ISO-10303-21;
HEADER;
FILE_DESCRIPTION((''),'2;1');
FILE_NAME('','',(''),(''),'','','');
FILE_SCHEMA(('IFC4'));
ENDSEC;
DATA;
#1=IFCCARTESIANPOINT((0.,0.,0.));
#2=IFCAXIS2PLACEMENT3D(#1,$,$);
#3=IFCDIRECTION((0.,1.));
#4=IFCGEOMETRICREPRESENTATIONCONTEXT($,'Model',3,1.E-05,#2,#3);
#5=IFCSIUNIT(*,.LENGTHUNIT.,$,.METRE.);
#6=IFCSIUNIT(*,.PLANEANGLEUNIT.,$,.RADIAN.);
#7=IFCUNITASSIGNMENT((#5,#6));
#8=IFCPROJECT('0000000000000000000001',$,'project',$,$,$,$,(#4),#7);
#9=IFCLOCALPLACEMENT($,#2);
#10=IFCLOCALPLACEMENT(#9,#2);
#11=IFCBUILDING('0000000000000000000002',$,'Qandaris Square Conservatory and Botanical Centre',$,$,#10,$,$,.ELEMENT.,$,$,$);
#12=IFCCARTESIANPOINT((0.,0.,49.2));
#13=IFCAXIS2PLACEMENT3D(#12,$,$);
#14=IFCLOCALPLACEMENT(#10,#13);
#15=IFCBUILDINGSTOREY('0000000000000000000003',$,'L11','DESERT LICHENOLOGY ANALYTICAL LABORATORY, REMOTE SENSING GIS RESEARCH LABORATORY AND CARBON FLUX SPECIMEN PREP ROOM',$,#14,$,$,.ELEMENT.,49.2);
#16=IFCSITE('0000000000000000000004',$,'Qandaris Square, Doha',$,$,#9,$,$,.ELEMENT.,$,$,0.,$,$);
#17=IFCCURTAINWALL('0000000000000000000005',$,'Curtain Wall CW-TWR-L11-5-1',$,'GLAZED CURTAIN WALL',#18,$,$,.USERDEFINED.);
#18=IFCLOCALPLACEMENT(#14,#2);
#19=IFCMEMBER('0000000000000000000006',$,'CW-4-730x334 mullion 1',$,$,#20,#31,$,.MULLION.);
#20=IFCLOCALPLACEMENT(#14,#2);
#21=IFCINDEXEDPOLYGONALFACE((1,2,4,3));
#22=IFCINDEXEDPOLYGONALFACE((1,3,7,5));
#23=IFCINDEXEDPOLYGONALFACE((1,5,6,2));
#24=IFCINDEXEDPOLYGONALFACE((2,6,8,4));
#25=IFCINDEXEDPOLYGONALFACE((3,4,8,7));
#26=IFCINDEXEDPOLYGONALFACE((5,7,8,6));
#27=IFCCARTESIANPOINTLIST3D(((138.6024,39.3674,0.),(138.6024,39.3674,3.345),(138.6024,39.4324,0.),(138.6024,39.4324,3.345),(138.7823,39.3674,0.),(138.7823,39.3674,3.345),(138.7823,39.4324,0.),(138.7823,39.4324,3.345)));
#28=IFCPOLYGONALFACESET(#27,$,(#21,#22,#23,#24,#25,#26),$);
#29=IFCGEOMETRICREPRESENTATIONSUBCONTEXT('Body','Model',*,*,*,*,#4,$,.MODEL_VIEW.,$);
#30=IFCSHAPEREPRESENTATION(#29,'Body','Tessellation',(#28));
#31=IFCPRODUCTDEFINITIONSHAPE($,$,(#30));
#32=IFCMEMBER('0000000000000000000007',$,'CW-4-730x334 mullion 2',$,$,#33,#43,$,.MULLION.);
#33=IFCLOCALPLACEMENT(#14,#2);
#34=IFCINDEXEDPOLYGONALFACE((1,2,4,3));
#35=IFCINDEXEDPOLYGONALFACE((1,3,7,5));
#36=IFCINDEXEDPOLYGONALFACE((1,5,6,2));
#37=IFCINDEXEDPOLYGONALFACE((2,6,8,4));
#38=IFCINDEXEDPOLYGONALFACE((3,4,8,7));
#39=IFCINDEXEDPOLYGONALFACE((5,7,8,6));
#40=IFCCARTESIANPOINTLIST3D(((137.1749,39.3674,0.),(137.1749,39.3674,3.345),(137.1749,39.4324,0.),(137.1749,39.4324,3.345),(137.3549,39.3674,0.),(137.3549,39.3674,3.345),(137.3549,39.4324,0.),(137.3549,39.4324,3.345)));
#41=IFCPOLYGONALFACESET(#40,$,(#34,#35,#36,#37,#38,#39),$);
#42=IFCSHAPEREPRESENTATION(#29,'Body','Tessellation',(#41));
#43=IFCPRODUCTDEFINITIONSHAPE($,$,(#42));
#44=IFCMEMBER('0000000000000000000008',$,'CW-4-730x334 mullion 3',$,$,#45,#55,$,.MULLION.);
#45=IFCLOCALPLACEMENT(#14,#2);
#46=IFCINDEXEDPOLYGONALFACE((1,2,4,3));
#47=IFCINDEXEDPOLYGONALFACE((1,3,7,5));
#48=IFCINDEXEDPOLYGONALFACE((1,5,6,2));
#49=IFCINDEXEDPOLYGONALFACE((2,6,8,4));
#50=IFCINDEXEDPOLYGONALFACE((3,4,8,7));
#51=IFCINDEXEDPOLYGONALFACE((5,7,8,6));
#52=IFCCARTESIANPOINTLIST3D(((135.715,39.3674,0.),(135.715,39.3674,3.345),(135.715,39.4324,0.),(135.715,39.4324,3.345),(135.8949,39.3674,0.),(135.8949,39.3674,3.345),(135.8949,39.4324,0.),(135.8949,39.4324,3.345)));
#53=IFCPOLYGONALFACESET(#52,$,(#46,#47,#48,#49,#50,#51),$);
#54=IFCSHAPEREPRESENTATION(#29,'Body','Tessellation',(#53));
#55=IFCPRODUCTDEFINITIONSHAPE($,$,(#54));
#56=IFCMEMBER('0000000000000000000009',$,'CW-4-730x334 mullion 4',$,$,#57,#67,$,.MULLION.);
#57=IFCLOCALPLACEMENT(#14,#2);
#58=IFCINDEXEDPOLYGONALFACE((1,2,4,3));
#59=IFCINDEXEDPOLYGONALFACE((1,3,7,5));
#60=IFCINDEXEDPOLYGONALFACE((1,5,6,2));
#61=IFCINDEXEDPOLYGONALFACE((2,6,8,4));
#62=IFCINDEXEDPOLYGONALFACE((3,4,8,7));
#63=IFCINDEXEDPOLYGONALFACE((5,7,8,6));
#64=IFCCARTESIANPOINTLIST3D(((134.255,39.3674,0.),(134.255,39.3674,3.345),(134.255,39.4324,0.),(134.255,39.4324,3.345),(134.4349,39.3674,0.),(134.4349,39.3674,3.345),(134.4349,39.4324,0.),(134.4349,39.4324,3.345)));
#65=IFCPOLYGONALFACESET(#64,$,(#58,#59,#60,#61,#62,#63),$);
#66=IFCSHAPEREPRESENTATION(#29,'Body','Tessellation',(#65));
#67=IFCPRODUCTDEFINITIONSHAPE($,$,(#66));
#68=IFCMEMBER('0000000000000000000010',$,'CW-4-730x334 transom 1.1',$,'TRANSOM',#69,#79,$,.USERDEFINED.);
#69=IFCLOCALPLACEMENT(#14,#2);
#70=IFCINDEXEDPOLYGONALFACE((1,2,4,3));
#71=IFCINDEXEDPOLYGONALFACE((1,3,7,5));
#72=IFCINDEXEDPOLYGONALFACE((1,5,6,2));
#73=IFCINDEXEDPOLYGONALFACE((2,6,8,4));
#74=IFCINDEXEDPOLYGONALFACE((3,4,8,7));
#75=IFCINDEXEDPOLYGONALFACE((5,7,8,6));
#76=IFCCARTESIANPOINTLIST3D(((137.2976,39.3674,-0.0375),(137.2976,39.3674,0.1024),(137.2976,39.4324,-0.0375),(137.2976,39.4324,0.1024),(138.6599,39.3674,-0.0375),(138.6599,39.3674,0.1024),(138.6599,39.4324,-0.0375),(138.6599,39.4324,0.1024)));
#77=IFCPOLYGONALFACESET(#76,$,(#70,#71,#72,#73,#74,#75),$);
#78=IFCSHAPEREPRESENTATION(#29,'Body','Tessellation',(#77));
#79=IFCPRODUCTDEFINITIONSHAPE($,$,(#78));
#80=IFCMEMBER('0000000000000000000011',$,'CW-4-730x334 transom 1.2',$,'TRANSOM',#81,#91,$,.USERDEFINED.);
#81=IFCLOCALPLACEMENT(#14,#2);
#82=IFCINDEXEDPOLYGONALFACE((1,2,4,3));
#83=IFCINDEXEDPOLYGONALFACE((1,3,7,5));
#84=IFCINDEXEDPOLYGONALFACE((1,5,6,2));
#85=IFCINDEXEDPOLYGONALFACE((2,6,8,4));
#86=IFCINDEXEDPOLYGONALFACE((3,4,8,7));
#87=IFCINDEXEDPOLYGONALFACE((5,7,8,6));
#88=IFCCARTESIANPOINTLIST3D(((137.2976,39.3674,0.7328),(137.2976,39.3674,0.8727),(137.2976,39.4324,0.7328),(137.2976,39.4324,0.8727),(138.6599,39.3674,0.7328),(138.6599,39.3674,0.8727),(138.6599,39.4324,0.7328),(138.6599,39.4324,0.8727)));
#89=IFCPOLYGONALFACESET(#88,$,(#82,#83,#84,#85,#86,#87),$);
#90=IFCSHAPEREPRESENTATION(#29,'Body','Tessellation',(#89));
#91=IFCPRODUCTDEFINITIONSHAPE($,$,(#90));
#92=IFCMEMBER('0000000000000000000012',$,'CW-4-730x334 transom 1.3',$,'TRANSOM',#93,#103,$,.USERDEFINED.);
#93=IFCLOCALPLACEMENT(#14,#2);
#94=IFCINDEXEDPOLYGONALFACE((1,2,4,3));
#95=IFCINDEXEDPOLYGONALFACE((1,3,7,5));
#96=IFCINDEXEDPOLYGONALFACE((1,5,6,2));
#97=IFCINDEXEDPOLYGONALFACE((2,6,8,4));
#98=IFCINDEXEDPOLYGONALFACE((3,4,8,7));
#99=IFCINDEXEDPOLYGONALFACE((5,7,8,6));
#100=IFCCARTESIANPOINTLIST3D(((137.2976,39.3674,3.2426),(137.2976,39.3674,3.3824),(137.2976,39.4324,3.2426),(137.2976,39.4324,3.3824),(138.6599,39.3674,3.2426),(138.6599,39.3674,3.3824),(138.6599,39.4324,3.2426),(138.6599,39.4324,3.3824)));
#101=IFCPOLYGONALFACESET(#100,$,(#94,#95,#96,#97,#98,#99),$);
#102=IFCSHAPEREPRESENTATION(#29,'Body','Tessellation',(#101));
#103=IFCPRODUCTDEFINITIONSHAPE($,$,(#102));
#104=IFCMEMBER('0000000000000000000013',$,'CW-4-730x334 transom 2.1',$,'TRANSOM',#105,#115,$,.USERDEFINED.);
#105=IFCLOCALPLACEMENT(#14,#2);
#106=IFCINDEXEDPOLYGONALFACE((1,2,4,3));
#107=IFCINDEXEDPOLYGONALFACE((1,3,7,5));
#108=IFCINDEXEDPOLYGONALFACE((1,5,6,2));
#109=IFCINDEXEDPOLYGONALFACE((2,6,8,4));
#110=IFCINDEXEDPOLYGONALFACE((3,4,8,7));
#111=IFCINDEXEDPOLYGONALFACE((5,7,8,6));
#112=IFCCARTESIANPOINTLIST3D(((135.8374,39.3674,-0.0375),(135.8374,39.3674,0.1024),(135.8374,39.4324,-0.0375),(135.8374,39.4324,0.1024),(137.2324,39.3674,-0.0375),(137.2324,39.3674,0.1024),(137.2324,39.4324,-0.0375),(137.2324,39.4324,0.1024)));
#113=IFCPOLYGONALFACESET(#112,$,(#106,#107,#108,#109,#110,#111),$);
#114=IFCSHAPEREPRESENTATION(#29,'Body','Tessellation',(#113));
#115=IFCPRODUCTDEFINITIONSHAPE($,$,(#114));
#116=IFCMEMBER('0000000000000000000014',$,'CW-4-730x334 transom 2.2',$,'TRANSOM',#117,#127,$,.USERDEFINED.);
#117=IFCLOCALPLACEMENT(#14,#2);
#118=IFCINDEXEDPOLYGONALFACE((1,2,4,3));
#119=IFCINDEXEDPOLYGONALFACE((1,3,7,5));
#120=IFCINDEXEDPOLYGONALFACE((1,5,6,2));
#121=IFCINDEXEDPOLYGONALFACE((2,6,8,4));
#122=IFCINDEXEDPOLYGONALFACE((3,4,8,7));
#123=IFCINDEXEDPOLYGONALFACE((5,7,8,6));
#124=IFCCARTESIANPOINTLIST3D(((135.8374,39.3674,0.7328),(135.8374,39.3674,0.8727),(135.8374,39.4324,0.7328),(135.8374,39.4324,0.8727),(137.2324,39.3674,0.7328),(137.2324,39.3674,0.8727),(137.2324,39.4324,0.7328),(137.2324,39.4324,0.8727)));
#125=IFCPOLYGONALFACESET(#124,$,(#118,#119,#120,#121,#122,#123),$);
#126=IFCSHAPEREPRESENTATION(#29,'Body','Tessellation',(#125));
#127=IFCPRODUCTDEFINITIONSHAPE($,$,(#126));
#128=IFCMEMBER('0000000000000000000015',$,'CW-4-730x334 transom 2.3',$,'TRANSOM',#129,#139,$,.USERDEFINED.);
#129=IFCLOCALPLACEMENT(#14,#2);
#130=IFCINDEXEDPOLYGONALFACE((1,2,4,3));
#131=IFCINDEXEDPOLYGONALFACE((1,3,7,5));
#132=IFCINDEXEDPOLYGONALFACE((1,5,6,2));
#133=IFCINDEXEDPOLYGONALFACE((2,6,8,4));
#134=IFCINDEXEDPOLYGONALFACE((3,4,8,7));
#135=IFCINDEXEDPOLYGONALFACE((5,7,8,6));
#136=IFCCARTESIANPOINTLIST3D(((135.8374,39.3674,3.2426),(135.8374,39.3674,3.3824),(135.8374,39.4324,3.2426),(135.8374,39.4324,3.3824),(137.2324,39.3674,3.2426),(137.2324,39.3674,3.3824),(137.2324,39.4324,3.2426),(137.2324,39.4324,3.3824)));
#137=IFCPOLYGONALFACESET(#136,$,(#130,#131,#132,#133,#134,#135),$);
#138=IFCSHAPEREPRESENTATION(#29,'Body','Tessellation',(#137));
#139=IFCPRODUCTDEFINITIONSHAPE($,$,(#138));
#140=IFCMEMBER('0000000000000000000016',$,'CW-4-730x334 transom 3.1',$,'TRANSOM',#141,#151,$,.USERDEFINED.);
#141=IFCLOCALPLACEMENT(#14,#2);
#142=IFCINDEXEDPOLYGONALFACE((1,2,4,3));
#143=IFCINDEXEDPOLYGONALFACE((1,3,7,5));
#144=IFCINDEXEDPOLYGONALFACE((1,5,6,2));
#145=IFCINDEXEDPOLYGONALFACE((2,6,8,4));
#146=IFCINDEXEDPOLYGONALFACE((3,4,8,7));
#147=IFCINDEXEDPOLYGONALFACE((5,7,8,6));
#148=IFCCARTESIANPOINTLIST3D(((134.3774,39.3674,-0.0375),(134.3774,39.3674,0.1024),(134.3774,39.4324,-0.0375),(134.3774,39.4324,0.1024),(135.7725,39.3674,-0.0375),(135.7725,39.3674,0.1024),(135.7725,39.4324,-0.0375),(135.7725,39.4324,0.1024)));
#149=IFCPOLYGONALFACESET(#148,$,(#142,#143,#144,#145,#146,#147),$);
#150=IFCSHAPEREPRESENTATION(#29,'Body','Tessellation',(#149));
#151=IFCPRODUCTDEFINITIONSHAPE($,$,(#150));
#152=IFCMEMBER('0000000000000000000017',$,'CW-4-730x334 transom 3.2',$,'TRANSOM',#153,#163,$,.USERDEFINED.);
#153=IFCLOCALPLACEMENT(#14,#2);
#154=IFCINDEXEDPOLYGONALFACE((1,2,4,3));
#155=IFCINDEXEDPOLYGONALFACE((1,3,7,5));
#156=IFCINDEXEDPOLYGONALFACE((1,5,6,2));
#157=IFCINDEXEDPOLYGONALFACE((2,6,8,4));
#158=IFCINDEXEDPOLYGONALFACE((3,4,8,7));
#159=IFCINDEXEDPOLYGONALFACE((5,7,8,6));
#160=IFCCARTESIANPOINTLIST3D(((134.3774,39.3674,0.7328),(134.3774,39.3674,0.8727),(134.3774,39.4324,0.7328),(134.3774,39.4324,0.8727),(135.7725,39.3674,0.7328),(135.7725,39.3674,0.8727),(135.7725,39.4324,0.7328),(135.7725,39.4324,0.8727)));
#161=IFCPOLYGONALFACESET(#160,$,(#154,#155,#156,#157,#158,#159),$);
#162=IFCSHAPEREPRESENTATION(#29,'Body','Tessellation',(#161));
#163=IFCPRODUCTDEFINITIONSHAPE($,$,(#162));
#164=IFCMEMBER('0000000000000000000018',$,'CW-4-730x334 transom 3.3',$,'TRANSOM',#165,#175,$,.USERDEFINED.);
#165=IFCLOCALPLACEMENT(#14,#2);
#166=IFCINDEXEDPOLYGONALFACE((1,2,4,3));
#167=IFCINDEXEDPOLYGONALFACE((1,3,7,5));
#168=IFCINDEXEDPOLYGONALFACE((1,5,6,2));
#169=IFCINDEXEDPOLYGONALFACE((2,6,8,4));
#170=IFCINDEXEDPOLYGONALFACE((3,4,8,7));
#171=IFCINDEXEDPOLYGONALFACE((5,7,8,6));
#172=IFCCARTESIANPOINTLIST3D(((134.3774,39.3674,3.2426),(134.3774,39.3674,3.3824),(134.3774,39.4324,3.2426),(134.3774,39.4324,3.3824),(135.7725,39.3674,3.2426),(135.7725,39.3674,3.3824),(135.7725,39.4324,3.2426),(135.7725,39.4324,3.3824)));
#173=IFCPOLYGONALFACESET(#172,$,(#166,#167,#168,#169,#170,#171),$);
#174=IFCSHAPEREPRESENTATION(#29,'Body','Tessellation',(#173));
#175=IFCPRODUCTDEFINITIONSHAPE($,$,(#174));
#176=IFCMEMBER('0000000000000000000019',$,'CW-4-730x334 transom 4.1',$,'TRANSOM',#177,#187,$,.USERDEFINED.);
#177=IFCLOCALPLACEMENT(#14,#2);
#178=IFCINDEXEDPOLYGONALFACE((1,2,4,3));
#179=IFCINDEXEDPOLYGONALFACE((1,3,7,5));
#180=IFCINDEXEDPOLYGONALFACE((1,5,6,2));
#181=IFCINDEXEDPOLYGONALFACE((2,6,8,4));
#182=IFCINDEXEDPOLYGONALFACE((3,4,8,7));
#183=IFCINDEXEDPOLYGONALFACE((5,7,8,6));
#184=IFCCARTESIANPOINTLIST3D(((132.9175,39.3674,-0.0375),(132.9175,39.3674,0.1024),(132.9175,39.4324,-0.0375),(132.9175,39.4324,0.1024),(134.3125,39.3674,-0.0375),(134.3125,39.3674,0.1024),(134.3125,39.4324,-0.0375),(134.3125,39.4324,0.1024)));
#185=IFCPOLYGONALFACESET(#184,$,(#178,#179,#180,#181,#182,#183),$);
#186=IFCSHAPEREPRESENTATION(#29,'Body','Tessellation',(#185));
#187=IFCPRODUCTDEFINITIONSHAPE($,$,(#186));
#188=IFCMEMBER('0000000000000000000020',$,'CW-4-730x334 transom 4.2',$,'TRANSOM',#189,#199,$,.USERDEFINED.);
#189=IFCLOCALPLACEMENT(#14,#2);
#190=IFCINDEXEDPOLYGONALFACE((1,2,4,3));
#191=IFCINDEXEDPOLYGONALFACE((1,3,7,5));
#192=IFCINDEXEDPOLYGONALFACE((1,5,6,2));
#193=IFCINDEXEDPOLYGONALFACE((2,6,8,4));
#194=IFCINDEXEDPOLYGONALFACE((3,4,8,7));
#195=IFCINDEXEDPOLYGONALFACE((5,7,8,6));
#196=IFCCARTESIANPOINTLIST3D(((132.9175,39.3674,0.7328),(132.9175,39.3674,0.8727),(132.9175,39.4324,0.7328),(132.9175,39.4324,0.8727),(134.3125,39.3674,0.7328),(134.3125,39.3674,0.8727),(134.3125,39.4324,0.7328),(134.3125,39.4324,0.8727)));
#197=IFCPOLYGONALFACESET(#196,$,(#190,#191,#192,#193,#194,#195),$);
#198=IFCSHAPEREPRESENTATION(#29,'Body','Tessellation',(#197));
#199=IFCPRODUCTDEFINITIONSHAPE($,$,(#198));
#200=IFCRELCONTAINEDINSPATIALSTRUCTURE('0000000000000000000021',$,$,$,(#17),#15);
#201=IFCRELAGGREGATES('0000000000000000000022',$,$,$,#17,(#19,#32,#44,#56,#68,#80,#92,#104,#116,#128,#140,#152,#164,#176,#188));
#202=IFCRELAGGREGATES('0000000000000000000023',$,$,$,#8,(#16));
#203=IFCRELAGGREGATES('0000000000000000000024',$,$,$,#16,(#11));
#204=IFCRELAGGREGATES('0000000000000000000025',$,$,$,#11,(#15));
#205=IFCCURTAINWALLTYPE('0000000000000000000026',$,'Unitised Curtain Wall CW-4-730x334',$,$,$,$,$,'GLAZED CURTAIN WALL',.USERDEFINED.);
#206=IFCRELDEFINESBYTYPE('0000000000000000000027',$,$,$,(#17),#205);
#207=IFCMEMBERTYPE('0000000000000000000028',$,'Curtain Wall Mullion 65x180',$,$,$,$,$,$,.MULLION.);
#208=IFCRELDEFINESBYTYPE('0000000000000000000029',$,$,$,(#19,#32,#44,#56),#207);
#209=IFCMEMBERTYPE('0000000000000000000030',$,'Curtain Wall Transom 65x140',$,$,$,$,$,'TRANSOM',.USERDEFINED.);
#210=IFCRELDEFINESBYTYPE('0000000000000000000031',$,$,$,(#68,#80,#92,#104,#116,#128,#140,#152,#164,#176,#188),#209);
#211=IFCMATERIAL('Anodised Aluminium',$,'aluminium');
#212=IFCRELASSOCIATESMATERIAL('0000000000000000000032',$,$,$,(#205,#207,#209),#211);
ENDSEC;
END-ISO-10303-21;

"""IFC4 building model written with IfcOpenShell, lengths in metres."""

from ifc_helpers import new_model, si_unit, direction, frame, origin, origin_2d, place, context, subcontext, project, spatial, rectangle, extrude, material, material_profile, profile_set, type_object, element, aggregate, save


model = new_model("IFC4")

# Units and contexts
model_context = context("Model", 3, precision=1e-05, world=origin(), true_north=direction((0.0, 1.0)))
body_context = subcontext(model_context, "Body", "Model", "MODEL_VIEW")
ifc_project = project(units=[si_unit("LENGTHUNIT", "METRE"), si_unit("PLANEANGLEUNIT", "RADIAN")], contexts=[model_context])

# Site, building, storey
site_placement = place(None, origin())
site = spatial("IfcSite", under=ifc_project, at=site_placement, Name="Qandaris Square, Doha", CompositionType="ELEMENT", RefElevation=0.0)
building_placement = place(site_placement, origin())
building = spatial("IfcBuilding", under=site, at=building_placement, Name="Qandaris Square Conservatory and Botanical Centre", CompositionType="ELEMENT")
storey_placement = place(building_placement, frame((0.0, 0.0, 49.2)))
storey = spatial("IfcBuildingStorey", under=building, at=storey_placement, Name="L11", Description="DESERT LICHENOLOGY ANALYTICAL LABORATORY, REMOTE SENSING GIS RESEARCH LABORATORY AND CARBON FLUX SPECIMEN PREP ROOM", CompositionType="ELEMENT", Elevation=49.2)

# Curtain wall, members
ifc_material_1 = material(Name="Anodised Aluminium", Category="aluminium")
curtain_wall_type = type_object("IfcCurtainWallType", Name="Unitised Curtain Wall CW-4-730x334", ElementType="GLAZED CURTAIN WALL", PredefinedType="USERDEFINED", material=ifc_material_1)
curtain_wall_placement = place(storey_placement, origin())
curtain_wall = element("IfcCurtainWall", 1, at=curtain_wall_placement, inside=storey, type_object=curtain_wall_type, Name="Curtain Wall CW-TWR-L11-5-1", ObjectType="GLAZED CURTAIN WALL", PredefinedType="USERDEFINED")
ifc_material_profile_1 = material_profile(ifc_material_1, rectangle(XDim=0.0649, YDim=0.1799, at=origin_2d()), Name="ALU-MUL 65x180")
ifc_profile_set_1 = profile_set([ifc_material_profile_1], Name="Anodised Aluminium")
member_type_1 = type_object("IfcMemberType", Name="Curtain Wall Mullion 65x180", PredefinedType="MULLION", material=ifc_profile_set_1)
member_1_placement = place(storey_placement, frame((138.6924, 39.3999, 0.0), z_axis=(0.0, 0.0, 1.0), x_axis=(0.0, -1.0, 0.0)))
member_1 = element("IfcMember", 2, at=member_1_placement, type_object=member_type_1, Name="CW-4-730x334 mullion 1", PredefinedType="MULLION", context=body_context, shape_type="SweptSolid", body=[
    extrude(rectangle(XDim=0.0649, YDim=0.1799, at=origin_2d()), origin(), (0.0, 0.0, 1.0), 3.345),
])
member_2_placement = place(storey_placement, frame((137.2649, 39.3999, 0.0), z_axis=(0.0, 0.0, 1.0), x_axis=(0.0, -1.0, 0.0)))
member_2 = element("IfcMember", 3, at=member_2_placement, type_object=member_type_1, Name="CW-4-730x334 mullion 2", PredefinedType="MULLION", context=body_context, shape_type="SweptSolid", body=[
    extrude(rectangle(XDim=0.0649, YDim=0.1799, at=origin_2d()), origin(), (0.0, 0.0, 1.0), 3.345),
])
member_3_placement = place(storey_placement, frame((135.8049, 39.3999, 0.0), z_axis=(0.0, 0.0, 1.0), x_axis=(0.0, -1.0, 0.0)))
member_3 = element("IfcMember", 4, at=member_3_placement, type_object=member_type_1, Name="CW-4-730x334 mullion 3", PredefinedType="MULLION", context=body_context, shape_type="SweptSolid", body=[
    extrude(rectangle(XDim=0.0649, YDim=0.1799, at=origin_2d()), origin(), (0.0, 0.0, 1.0), 3.345),
])
member_4_placement = place(storey_placement, frame((134.345, 39.3999, 0.0), z_axis=(0.0, 0.0, 1.0), x_axis=(0.0, -1.0, 0.0)))
member_4 = element("IfcMember", 5, at=member_4_placement, type_object=member_type_1, Name="CW-4-730x334 mullion 4", PredefinedType="MULLION", context=body_context, shape_type="SweptSolid", body=[
    extrude(rectangle(XDim=0.0649, YDim=0.1799, at=origin_2d()), origin(), (0.0, 0.0, 1.0), 3.345),
])
ifc_material_profile_2 = material_profile(ifc_material_1, rectangle(XDim=0.0649, YDim=0.1399, at=origin_2d()), Name="ALU-TRN 65x140")
ifc_profile_set_2 = profile_set([ifc_material_profile_2], Name="Anodised Aluminium")
member_type_2 = type_object("IfcMemberType", Name="Curtain Wall Transom 65x140", ElementType="TRANSOM", PredefinedType="USERDEFINED", material=ifc_profile_set_2)
member_5_placement = place(storey_placement, frame((138.6599, 39.3999, 0.0325), z_axis=(-1.0, 0.0, 0.0), x_axis=(0.0, -1.0, 0.0)))
member_5 = element("IfcMember", 6, at=member_5_placement, type_object=member_type_2, Name="CW-4-730x334 transom 1.1", ObjectType="TRANSOM", PredefinedType="USERDEFINED", context=body_context, shape_type="SweptSolid", body=[
    extrude(rectangle(XDim=0.0649, YDim=0.1399, at=origin_2d()), origin(), (0.0, 0.0, 1.0), 1.3623),
])
member_6_placement = place(storey_placement, frame((138.6599, 39.3999, 0.8027), z_axis=(-1.0, 0.0, 0.0), x_axis=(0.0, -1.0, 0.0)))
member_6 = element("IfcMember", 7, at=member_6_placement, type_object=member_type_2, Name="CW-4-730x334 transom 1.2", ObjectType="TRANSOM", PredefinedType="USERDEFINED", context=body_context, shape_type="SweptSolid", body=[
    extrude(rectangle(XDim=0.0649, YDim=0.1399, at=origin_2d()), origin(), (0.0, 0.0, 1.0), 1.3623),
])
member_7_placement = place(storey_placement, frame((138.6599, 39.3999, 3.3125), z_axis=(-1.0, 0.0, 0.0), x_axis=(0.0, -1.0, 0.0)))
member_7 = element("IfcMember", 8, at=member_7_placement, type_object=member_type_2, Name="CW-4-730x334 transom 1.3", ObjectType="TRANSOM", PredefinedType="USERDEFINED", context=body_context, shape_type="SweptSolid", body=[
    extrude(rectangle(XDim=0.0649, YDim=0.1399, at=origin_2d()), origin(), (0.0, 0.0, 1.0), 1.3623),
])
member_8_placement = place(storey_placement, frame((137.2324, 39.3999, 0.0325), z_axis=(-1.0, 0.0, 0.0), x_axis=(0.0, -1.0, 0.0)))
member_8 = element("IfcMember", 9, at=member_8_placement, type_object=member_type_2, Name="CW-4-730x334 transom 2.1", ObjectType="TRANSOM", PredefinedType="USERDEFINED", context=body_context, shape_type="SweptSolid", body=[
    extrude(rectangle(XDim=0.0649, YDim=0.1399, at=origin_2d()), origin(), (0.0, 0.0, 1.0), 1.395),
])
member_9_placement = place(storey_placement, frame((137.2324, 39.3999, 0.8027), z_axis=(-1.0, 0.0, 0.0), x_axis=(0.0, -1.0, 0.0)))
member_9 = element("IfcMember", 10, at=member_9_placement, type_object=member_type_2, Name="CW-4-730x334 transom 2.2", ObjectType="TRANSOM", PredefinedType="USERDEFINED", context=body_context, shape_type="SweptSolid", body=[
    extrude(rectangle(XDim=0.0649, YDim=0.1399, at=origin_2d()), origin(), (0.0, 0.0, 1.0), 1.395),
])
member_10_placement = place(storey_placement, frame((137.2324, 39.3999, 3.3125), z_axis=(-1.0, 0.0, 0.0), x_axis=(0.0, -1.0, 0.0)))
member_10 = element("IfcMember", 11, at=member_10_placement, type_object=member_type_2, Name="CW-4-730x334 transom 2.3", ObjectType="TRANSOM", PredefinedType="USERDEFINED", context=body_context, shape_type="SweptSolid", body=[
    extrude(rectangle(XDim=0.0649, YDim=0.1399, at=origin_2d()), origin(), (0.0, 0.0, 1.0), 1.395),
])
member_11_placement = place(storey_placement, frame((135.7725, 39.3999, 0.0325), z_axis=(-1.0, 0.0, 0.0), x_axis=(0.0, -1.0, 0.0)))
member_11 = element("IfcMember", 12, at=member_11_placement, type_object=member_type_2, Name="CW-4-730x334 transom 3.1", ObjectType="TRANSOM", PredefinedType="USERDEFINED", context=body_context, shape_type="SweptSolid", body=[
    extrude(rectangle(XDim=0.0649, YDim=0.1399, at=origin_2d()), origin(), (0.0, 0.0, 1.0), 1.395),
])
member_12_placement = place(storey_placement, frame((135.7725, 39.3999, 0.8027), z_axis=(-1.0, 0.0, 0.0), x_axis=(0.0, -1.0, 0.0)))
member_12 = element("IfcMember", 13, at=member_12_placement, type_object=member_type_2, Name="CW-4-730x334 transom 3.2", ObjectType="TRANSOM", PredefinedType="USERDEFINED", context=body_context, shape_type="SweptSolid", body=[
    extrude(rectangle(XDim=0.0649, YDim=0.1399, at=origin_2d()), origin(), (0.0, 0.0, 1.0), 1.395),
])
member_13_placement = place(storey_placement, frame((135.7725, 39.3999, 3.3125), z_axis=(-1.0, 0.0, 0.0), x_axis=(0.0, -1.0, 0.0)))
member_13 = element("IfcMember", 14, at=member_13_placement, type_object=member_type_2, Name="CW-4-730x334 transom 3.3", ObjectType="TRANSOM", PredefinedType="USERDEFINED", context=body_context, shape_type="SweptSolid", body=[
    extrude(rectangle(XDim=0.0649, YDim=0.1399, at=origin_2d()), origin(), (0.0, 0.0, 1.0), 1.395),
])
member_14_placement = place(storey_placement, frame((134.3125, 39.3999, 0.0325), z_axis=(-1.0, 0.0, 0.0), x_axis=(0.0, -1.0, 0.0)))
member_14 = element("IfcMember", 15, at=member_14_placement, type_object=member_type_2, Name="CW-4-730x334 transom 4.1", ObjectType="TRANSOM", PredefinedType="USERDEFINED", context=body_context, shape_type="SweptSolid", body=[
    extrude(rectangle(XDim=0.0649, YDim=0.1399, at=origin_2d()), origin(), (0.0, 0.0, 1.0), 1.395),
])
member_15_placement = place(storey_placement, frame((134.3125, 39.3999, 0.8027), z_axis=(-1.0, 0.0, 0.0), x_axis=(0.0, -1.0, 0.0)))
member_15 = element("IfcMember", 16, at=member_15_placement, type_object=member_type_2, Name="CW-4-730x334 transom 4.2", ObjectType="TRANSOM", PredefinedType="USERDEFINED", context=body_context, shape_type="SweptSolid", body=[
    extrude(rectangle(XDim=0.0649, YDim=0.1399, at=origin_2d()), origin(), (0.0, 0.0, 1.0), 1.395),
])
aggregate(curtain_wall, [member_1, member_2, member_3, member_4, member_5, member_6, member_7, member_8, member_9, member_10, member_11, member_12, member_13, member_14, member_15])

save(model, "model.ifc")
